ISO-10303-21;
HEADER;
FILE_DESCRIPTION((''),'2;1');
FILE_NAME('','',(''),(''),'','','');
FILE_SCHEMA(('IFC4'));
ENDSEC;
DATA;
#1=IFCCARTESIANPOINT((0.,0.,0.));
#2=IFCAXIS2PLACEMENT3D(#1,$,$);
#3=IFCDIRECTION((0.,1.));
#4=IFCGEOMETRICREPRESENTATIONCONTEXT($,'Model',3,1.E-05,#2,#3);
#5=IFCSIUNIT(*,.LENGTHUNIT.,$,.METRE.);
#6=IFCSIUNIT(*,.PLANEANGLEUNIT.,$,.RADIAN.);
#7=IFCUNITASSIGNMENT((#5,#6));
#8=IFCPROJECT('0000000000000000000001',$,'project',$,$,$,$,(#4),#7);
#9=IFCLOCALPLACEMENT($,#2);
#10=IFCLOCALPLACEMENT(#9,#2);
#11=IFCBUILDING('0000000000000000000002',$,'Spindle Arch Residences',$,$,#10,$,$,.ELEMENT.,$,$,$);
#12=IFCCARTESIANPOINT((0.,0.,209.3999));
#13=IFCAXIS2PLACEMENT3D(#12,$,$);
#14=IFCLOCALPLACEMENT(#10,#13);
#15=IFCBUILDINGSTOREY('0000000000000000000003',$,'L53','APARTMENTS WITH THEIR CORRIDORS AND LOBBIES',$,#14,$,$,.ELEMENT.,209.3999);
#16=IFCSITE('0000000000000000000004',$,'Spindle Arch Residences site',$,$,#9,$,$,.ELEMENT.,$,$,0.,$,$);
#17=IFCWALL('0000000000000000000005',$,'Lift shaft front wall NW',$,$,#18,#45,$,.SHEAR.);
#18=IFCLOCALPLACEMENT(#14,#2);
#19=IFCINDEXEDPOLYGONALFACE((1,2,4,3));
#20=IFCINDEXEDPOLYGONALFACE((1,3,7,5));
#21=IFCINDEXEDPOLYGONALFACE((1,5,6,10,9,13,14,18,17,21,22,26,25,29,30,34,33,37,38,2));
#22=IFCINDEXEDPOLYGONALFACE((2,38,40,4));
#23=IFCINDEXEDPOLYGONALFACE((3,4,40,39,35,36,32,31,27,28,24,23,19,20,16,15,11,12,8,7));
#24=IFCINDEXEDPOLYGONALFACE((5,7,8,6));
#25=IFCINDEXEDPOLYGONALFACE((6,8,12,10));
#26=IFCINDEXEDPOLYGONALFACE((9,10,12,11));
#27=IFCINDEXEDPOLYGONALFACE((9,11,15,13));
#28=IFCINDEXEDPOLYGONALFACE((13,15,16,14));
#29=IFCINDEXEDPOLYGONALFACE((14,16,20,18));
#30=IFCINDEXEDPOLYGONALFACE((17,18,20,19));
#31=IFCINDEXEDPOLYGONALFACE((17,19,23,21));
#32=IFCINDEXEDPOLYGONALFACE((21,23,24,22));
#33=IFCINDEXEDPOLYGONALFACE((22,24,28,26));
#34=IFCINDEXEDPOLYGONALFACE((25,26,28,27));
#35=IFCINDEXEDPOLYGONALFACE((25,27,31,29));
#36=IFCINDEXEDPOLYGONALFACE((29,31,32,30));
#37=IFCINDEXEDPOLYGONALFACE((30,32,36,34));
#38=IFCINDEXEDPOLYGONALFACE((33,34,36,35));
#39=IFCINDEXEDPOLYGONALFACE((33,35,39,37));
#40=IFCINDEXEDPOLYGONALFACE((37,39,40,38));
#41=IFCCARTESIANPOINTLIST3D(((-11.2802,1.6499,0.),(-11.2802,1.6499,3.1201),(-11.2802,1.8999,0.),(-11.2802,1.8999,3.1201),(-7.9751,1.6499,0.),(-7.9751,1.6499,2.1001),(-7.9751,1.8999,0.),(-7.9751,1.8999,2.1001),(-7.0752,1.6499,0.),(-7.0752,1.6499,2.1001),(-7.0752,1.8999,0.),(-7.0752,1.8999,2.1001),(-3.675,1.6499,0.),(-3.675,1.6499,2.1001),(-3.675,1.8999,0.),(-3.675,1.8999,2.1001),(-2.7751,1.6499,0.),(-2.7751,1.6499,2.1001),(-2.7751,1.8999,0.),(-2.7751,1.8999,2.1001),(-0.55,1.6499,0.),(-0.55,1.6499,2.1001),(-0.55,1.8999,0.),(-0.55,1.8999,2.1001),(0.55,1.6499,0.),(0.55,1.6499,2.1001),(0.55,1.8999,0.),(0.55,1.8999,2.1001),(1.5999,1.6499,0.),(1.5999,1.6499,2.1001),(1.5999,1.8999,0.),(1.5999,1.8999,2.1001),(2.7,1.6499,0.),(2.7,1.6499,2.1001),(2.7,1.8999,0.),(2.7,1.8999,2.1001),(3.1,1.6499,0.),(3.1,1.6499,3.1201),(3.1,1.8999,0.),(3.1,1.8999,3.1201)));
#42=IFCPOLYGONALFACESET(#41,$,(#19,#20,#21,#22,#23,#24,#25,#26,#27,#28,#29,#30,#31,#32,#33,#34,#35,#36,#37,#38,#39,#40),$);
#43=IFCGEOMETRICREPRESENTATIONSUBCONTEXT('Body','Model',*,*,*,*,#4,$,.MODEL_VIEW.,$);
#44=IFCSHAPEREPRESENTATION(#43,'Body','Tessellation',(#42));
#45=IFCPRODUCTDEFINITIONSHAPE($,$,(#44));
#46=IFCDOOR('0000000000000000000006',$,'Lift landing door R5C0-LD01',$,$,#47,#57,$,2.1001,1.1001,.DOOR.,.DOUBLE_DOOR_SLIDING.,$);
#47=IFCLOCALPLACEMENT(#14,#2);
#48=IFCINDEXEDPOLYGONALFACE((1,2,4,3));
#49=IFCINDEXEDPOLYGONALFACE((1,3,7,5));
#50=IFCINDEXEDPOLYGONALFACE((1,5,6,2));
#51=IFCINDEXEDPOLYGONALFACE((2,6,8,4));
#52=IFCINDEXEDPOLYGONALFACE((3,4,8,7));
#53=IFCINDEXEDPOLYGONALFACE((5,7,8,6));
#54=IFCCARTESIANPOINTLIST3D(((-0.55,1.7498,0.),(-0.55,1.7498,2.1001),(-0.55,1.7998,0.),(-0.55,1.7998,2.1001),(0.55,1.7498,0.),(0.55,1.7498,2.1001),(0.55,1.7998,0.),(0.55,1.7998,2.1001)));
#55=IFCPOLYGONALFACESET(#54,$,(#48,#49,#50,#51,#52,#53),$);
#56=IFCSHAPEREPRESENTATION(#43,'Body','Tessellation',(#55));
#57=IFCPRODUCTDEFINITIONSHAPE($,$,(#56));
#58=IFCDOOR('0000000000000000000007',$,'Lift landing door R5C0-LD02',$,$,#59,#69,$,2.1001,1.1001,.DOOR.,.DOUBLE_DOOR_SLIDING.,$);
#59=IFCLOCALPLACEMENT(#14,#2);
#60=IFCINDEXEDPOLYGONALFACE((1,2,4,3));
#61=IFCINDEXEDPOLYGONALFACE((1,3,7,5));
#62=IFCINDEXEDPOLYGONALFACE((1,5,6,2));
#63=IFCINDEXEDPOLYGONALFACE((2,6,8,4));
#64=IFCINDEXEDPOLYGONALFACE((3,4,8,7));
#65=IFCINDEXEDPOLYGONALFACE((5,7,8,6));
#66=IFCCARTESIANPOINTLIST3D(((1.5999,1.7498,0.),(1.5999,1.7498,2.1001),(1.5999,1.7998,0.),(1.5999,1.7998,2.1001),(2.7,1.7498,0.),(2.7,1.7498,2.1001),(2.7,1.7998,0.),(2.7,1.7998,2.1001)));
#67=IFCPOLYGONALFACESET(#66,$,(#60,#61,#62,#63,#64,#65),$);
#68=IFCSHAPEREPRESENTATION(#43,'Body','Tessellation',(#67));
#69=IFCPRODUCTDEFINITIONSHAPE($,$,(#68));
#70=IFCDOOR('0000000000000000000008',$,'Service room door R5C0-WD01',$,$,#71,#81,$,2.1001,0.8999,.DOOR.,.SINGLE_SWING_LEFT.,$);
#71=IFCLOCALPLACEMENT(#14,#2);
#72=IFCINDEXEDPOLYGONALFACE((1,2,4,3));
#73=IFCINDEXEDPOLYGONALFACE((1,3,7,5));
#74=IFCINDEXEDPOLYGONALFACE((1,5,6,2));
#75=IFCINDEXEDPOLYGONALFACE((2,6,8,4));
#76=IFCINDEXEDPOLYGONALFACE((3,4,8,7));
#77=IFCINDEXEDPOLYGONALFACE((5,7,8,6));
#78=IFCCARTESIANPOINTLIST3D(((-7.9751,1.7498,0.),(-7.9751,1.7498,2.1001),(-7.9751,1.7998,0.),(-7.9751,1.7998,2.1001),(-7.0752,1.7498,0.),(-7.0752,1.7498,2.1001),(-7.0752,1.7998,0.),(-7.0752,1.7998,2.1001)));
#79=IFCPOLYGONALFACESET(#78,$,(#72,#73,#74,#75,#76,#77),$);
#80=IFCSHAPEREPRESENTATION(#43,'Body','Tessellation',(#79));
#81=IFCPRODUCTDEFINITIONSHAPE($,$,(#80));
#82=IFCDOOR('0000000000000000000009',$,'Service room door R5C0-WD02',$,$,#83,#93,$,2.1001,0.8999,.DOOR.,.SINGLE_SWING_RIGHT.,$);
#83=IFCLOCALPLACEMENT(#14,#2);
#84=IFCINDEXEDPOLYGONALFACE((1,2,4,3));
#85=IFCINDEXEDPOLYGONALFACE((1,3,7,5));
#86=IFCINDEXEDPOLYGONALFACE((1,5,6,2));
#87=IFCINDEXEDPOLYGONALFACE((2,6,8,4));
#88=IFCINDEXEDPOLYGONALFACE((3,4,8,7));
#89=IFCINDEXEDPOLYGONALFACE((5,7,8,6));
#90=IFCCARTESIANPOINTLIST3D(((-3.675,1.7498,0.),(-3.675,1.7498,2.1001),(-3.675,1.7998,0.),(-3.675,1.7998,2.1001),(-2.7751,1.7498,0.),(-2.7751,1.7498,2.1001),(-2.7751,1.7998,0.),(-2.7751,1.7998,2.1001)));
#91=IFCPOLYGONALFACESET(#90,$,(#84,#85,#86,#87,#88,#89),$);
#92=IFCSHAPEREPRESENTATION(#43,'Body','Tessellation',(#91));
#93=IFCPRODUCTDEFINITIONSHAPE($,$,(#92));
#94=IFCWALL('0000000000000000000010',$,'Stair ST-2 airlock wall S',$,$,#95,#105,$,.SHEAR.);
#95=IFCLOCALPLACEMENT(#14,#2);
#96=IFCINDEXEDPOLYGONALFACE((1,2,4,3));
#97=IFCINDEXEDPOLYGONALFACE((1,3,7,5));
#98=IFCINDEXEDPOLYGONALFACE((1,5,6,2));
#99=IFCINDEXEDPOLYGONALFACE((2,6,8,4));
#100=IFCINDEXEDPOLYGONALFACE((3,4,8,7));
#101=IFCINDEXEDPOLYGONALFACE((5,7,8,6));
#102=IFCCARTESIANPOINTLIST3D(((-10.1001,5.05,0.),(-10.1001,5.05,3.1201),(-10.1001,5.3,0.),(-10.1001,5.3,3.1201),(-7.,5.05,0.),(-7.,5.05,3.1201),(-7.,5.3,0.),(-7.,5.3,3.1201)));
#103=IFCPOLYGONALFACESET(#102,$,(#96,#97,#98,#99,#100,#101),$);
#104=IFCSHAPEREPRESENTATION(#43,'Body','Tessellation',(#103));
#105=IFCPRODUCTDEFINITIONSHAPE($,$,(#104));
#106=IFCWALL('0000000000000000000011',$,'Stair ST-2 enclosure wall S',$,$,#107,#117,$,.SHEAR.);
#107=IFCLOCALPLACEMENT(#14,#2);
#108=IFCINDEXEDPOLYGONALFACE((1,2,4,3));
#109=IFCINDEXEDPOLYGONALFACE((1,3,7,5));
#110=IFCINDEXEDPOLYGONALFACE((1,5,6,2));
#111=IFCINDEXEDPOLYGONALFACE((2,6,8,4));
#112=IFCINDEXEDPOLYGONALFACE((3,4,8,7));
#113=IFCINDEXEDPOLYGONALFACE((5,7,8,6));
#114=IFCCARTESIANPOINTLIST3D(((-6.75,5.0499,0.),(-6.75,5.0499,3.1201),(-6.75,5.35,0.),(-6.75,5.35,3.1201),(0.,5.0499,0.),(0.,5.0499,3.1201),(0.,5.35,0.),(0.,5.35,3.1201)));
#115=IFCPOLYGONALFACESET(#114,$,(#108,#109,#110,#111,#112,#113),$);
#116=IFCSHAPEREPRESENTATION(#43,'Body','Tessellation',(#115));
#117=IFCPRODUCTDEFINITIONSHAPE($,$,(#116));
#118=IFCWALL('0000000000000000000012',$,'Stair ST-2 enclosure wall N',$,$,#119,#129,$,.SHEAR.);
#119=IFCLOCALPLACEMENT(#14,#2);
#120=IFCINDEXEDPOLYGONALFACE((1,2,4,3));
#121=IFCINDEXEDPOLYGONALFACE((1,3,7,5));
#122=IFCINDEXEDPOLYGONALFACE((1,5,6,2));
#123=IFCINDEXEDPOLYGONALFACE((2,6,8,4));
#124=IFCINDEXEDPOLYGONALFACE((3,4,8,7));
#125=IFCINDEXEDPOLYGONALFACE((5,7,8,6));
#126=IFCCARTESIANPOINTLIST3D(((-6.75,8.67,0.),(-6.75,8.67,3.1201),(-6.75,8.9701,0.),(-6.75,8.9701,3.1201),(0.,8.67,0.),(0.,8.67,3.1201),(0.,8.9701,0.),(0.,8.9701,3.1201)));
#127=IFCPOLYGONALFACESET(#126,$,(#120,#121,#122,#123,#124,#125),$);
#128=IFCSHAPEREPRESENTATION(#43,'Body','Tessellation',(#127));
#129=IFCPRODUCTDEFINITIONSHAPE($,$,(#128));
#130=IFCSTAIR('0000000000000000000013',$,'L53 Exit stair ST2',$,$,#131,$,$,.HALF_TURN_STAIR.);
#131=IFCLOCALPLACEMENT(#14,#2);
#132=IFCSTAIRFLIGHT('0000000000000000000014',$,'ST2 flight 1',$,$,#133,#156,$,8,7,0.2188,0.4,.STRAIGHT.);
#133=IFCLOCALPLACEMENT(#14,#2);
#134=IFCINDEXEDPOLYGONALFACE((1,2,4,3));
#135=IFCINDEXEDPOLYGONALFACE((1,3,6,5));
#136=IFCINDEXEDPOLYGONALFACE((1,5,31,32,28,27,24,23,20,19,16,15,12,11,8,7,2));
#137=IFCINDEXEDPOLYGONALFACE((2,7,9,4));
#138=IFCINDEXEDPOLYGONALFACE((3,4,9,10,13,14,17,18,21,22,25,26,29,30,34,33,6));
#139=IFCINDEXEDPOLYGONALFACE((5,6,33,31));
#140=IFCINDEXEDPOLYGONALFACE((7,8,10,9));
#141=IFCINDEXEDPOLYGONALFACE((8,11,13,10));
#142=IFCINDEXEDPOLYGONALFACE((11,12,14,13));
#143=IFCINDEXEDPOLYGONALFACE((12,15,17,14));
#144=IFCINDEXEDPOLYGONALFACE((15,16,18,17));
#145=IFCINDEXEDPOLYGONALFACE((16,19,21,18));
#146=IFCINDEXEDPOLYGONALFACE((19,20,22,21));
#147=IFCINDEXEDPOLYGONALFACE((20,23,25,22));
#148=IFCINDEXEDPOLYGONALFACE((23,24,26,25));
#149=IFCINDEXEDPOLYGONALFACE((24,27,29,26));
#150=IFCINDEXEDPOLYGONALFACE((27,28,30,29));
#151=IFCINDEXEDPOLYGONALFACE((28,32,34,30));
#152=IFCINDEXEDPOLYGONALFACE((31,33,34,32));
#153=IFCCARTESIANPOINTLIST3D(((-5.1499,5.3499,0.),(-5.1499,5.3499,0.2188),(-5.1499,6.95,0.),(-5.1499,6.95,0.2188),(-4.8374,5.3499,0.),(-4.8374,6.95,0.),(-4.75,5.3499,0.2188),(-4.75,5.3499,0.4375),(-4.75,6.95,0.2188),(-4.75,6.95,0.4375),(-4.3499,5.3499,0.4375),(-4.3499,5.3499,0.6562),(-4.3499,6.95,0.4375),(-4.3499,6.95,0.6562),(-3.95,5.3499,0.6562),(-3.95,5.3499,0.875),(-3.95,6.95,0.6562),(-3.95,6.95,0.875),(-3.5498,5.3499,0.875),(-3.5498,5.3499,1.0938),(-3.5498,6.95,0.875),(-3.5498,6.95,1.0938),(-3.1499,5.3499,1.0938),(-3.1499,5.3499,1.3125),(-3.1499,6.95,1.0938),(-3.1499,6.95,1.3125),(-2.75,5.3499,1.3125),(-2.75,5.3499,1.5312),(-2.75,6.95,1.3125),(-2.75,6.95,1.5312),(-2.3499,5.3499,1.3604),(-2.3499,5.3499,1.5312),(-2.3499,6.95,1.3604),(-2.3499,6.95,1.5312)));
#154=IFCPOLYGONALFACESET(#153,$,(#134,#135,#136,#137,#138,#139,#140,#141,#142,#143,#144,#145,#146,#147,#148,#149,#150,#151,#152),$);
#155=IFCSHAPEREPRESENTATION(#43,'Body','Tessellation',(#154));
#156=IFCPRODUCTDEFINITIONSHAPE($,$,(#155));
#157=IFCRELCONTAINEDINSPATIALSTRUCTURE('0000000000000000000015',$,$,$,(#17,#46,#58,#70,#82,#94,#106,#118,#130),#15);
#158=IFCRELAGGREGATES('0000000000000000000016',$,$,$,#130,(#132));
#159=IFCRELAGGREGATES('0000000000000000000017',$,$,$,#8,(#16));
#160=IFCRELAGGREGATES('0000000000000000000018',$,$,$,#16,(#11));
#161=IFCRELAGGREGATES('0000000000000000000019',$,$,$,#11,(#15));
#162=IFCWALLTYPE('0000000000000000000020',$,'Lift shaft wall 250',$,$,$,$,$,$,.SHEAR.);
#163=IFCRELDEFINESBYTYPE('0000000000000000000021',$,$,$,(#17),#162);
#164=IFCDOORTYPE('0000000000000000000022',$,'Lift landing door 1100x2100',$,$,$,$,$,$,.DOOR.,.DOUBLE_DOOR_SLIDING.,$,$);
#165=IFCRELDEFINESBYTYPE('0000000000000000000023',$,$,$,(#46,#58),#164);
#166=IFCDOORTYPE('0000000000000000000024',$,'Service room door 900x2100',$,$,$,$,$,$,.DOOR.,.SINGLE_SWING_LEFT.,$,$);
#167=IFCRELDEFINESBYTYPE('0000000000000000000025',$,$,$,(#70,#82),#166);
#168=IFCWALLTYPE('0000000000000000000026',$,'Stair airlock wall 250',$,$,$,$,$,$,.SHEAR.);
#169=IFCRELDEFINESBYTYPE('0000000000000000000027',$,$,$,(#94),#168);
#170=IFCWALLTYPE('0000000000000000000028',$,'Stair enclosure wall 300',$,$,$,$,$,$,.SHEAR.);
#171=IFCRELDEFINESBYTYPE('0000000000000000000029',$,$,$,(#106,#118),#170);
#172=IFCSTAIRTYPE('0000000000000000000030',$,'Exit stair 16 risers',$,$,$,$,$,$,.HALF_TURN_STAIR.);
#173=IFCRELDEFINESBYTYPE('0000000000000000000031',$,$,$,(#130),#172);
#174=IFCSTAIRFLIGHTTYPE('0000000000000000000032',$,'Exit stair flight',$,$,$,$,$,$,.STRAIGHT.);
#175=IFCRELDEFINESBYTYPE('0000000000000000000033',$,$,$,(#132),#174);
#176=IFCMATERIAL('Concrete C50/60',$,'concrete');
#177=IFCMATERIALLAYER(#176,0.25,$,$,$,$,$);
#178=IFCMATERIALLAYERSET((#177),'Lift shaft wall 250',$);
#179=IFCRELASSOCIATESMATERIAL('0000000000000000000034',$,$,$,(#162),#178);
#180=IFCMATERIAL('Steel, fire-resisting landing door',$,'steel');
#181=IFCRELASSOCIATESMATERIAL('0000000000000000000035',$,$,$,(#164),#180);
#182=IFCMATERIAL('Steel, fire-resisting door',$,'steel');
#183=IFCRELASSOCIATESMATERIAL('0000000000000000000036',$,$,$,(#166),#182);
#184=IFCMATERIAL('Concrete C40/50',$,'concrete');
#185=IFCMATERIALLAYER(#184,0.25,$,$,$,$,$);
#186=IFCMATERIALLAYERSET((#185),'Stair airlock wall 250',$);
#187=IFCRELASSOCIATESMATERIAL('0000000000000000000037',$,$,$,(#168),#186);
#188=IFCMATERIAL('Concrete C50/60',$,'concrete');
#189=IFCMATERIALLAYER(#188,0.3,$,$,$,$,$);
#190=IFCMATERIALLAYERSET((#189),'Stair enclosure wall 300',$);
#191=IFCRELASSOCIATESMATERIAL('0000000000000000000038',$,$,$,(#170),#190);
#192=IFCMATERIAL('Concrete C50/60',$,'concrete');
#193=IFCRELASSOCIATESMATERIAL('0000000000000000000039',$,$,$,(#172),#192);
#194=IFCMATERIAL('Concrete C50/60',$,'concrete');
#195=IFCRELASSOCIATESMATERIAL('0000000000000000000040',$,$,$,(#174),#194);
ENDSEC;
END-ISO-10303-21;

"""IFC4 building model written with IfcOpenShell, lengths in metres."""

from ifc_helpers import new_model, si_unit, direction, frame, frame_2d, origin, place, context, subcontext, project, spatial, polyline, rectangle, outline, extrude, material, layer, layer_set, type_object, element, fill, aggregate, save


model = new_model("IFC4")

# Units and contexts
model_context = context("Model", 3, precision=1e-05, world=origin(), true_north=direction((0.0, 1.0)))
body_context = subcontext(model_context, "Body", "Model", "MODEL_VIEW")
ifc_project = project(units=[si_unit("LENGTHUNIT", "METRE"), si_unit("PLANEANGLEUNIT", "RADIAN")], contexts=[model_context])

# Site, building, storey
site_placement = place(None, origin())
site = spatial("IfcSite", under=ifc_project, at=site_placement, Name="Spindle Arch Residences site", CompositionType="ELEMENT", RefElevation=0.0)
building_placement = place(site_placement, origin())
building = spatial("IfcBuilding", under=site, at=building_placement, Name="Spindle Arch Residences", CompositionType="ELEMENT")
storey_placement = place(building_placement, frame((0.0, 0.0, 209.3999)))
storey = spatial("IfcBuildingStorey", under=building, at=storey_placement, Name="L53", Description="APARTMENTS WITH THEIR CORRIDORS AND LOBBIES", CompositionType="ELEMENT", Elevation=209.3999)

# Wall, openings, doors
ifc_material_1 = material(Name="Concrete C50/60", Category="concrete")
ifc_layer_1 = layer(ifc_material_1, 0.25)
ifc_layer_set_1 = layer_set([ifc_layer_1], Name="Lift shaft wall 250")
wall_type_1 = type_object("IfcWallType", Name="Lift shaft wall 250", PredefinedType="SHEAR", material=ifc_layer_set_1)
wall_1_placement = place(storey_placement, frame((-11.28, 1.7749, 0.0), z_axis=(0.0, 0.0, 1.0), x_axis=(1.0, 0.0, 0.0)))
wall_1 = element("IfcWall", 1, at=wall_1_placement, inside=storey, type_object=wall_type_1, Name="Lift shaft front wall NW", PredefinedType="SHEAR", context=body_context, shape_type="SweptSolid", body=[
    extrude(rectangle(XDim=14.3801, YDim=0.25, at=frame_2d((7.1899, 0.0))), origin(), (0.0, 0.0, 1.0), 3.1201),
])
opening_1_placement = place(wall_1_placement, frame((10.73, 0.0, 0.0)))
opening_1 = element("IfcOpeningElement", 2, at=opening_1_placement, cuts=wall_1, PredefinedType="OPENING", context=body_context, shape_type="SweptSolid", body=[
    extrude(rectangle(XDim=1.1001, YDim=2.1001, at=frame_2d((0.55, 1.05))), frame((0.0, 0.135, 0.0), z_axis=(0.0, -1.0, 0.0), x_axis=(1.0, 0.0, 0.0)), (0.0, 0.0, 1.0), 0.27),
])
opening_2_placement = place(wall_1_placement, frame((12.8799, 0.0, 0.0)))
opening_2 = element("IfcOpeningElement", 3, at=opening_2_placement, cuts=wall_1, PredefinedType="OPENING", context=body_context, shape_type="SweptSolid", body=[
    extrude(rectangle(XDim=1.1001, YDim=2.1001, at=frame_2d((0.55, 1.05))), frame((0.0, 0.135, 0.0), z_axis=(0.0, -1.0, 0.0), x_axis=(1.0, 0.0, 0.0)), (0.0, 0.0, 1.0), 0.27),
])
opening_3_placement = place(wall_1_placement, frame((3.3049, 0.0, 0.0)))
opening_3 = element("IfcOpeningElement", 4, at=opening_3_placement, cuts=wall_1, PredefinedType="OPENING", context=body_context, shape_type="SweptSolid", body=[
    extrude(rectangle(XDim=0.8999, YDim=2.1001, at=frame_2d((0.45, 1.05))), frame((0.0, 0.135, 0.0), z_axis=(0.0, -1.0, 0.0), x_axis=(1.0, 0.0, 0.0)), (0.0, 0.0, 1.0), 0.27),
])
opening_4_placement = place(wall_1_placement, frame((7.605, 0.0, 0.0)))
opening_4 = element("IfcOpeningElement", 5, at=opening_4_placement, cuts=wall_1, PredefinedType="OPENING", context=body_context, shape_type="SweptSolid", body=[
    extrude(rectangle(XDim=0.8999, YDim=2.1001, at=frame_2d((0.45, 1.05))), frame((0.0, 0.135, 0.0), z_axis=(0.0, -1.0, 0.0), x_axis=(1.0, 0.0, 0.0)), (0.0, 0.0, 1.0), 0.27),
])
ifc_material_2 = material(Name="Steel, fire-resisting landing door", Category="steel")
door_type_1 = type_object("IfcDoorType", Name="Lift landing door 1100x2100", OperationType="DOUBLE_DOOR_SLIDING", PredefinedType="DOOR", material=ifc_material_2)
door_1_placement = place(opening_1_placement, origin())
door_1 = element("IfcDoor", 6, at=door_1_placement, inside=storey, type_object=door_type_1, Name="Lift landing door R5C0-LD01", OperationType="DOUBLE_DOOR_SLIDING", OverallHeight=2.1001, OverallWidth=1.1001, PredefinedType="DOOR", context=body_context, shape_type="SweptSolid", body=[
    extrude(rectangle(XDim=1.1001, YDim=2.1001, at=frame_2d((0.55, 1.05))), frame((0.0, 0.0249, 0.0), z_axis=(0.0, -1.0, 0.0), x_axis=(1.0, 0.0, 0.0)), (0.0, 0.0, 1.0), 0.05),
])
fill(opening_1, door_1)
door_2_placement = place(opening_2_placement, origin())
door_2 = element("IfcDoor", 7, at=door_2_placement, inside=storey, type_object=door_type_1, Name="Lift landing door R5C0-LD02", OperationType="DOUBLE_DOOR_SLIDING", OverallHeight=2.1001, OverallWidth=1.1001, PredefinedType="DOOR", context=body_context, shape_type="SweptSolid", body=[
    extrude(rectangle(XDim=1.1001, YDim=2.1001, at=frame_2d((0.55, 1.05))), frame((0.0, 0.0249, 0.0), z_axis=(0.0, -1.0, 0.0), x_axis=(1.0, 0.0, 0.0)), (0.0, 0.0, 1.0), 0.05),
])
fill(opening_2, door_2)
ifc_material_3 = material(Name="Steel, fire-resisting door", Category="steel")
door_type_2 = type_object("IfcDoorType", Name="Service room door 900x2100", OperationType="SINGLE_SWING_LEFT", PredefinedType="DOOR", material=ifc_material_3)
door_3_placement = place(opening_3_placement, origin())
door_3 = element("IfcDoor", 8, at=door_3_placement, inside=storey, type_object=door_type_2, Name="Service room door R5C0-WD01", OperationType="SINGLE_SWING_LEFT", OverallHeight=2.1001, OverallWidth=0.8999, PredefinedType="DOOR", context=body_context, shape_type="SweptSolid", body=[
    extrude(rectangle(XDim=0.8999, YDim=2.1001, at=frame_2d((0.45, 1.05))), frame((0.0, 0.0249, 0.0), z_axis=(0.0, -1.0, 0.0), x_axis=(1.0, 0.0, 0.0)), (0.0, 0.0, 1.0), 0.05),
])
fill(opening_3, door_3)
door_4_placement = place(opening_4_placement, origin())
door_4 = element("IfcDoor", 9, at=door_4_placement, inside=storey, type_object=door_type_2, Name="Service room door R5C0-WD02", OperationType="SINGLE_SWING_RIGHT", OverallHeight=2.1001, OverallWidth=0.8999, PredefinedType="DOOR", context=body_context, shape_type="SweptSolid", body=[
    extrude(rectangle(XDim=0.8999, YDim=2.1001, at=frame_2d((0.45, 1.05))), frame((0.0, 0.0249, 0.0), z_axis=(0.0, -1.0, 0.0), x_axis=(1.0, 0.0, 0.0)), (0.0, 0.0, 1.0), 0.05),
])
fill(opening_4, door_4)

# Walls
ifc_material_4 = material(Name="Concrete C40/50", Category="concrete")
ifc_layer_2 = layer(ifc_material_4, 0.25)
ifc_layer_set_2 = layer_set([ifc_layer_2], Name="Stair airlock wall 250")
wall_type_2 = type_object("IfcWallType", Name="Stair airlock wall 250", PredefinedType="SHEAR", material=ifc_layer_set_2)
wall_2_placement = place(storey_placement, frame((-7.0, 5.175, 0.0), z_axis=(0.0, 0.0, 1.0), x_axis=(-1.0, 0.0, 0.0)))
element("IfcWall", 10, at=wall_2_placement, inside=storey, type_object=wall_type_2, Name="Stair ST-2 airlock wall S", PredefinedType="SHEAR", context=body_context, shape_type="SweptSolid", body=[
    extrude(rectangle(XDim=3.1001, YDim=0.25, at=frame_2d((1.55, 0.0))), origin(), (0.0, 0.0, 1.0), 3.1201),
])
ifc_material_5 = material(Name="Concrete C50/60", Category="concrete")
ifc_layer_3 = layer(ifc_material_5, 0.3)
ifc_layer_set_3 = layer_set([ifc_layer_3], Name="Stair enclosure wall 300")
wall_type_3 = type_object("IfcWallType", Name="Stair enclosure wall 300", PredefinedType="SHEAR", material=ifc_layer_set_3)
for number, where, z_axis, x_axis, name in (
    (11, (-6.75, 5.2, 0.0), (0.0, 0.0, 1.0), (1.0, 0.0, 0.0), "Stair ST-2 enclosure wall S"),
    (12, (-6.75, 8.8201, 0.0), (0.0, 0.0, 1.0), (1.0, 0.0, 0.0), "Stair ST-2 enclosure wall N"),
):
    element("IfcWall", number, at=place(storey_placement, frame(where, z_axis=z_axis, x_axis=x_axis)), inside=storey, type_object=wall_type_3, Name=name, PredefinedType="SHEAR", context=body_context, shape_type="SweptSolid", body=[
        extrude(rectangle(XDim=6.75, YDim=0.3, at=frame_2d((3.375, 0.0))), origin(), (0.0, 0.0, 1.0), 3.1201),
    ])

# Stair, stair flight
ifc_material_6 = material(Name="Concrete C50/60", Category="concrete")
stair_type = type_object("IfcStairType", Name="Exit stair 16 risers", PredefinedType="HALF_TURN_STAIR", material=ifc_material_6)
stair_placement = place(storey_placement, origin())
stair = element("IfcStair", 13, at=stair_placement, inside=storey, type_object=stair_type, Name="L53 Exit stair ST2", PredefinedType="HALF_TURN_STAIR")
ifc_material_7 = material(Name="Concrete C50/60", Category="concrete")
stair_flight_type = type_object("IfcStairFlightType", Name="Exit stair flight", PredefinedType="STRAIGHT", material=ifc_material_7)
stair_flight_placement = place(storey_placement, frame((-5.1499, 6.1499, 0.0), z_axis=(0.0, 0.0, 1.0), x_axis=(1.0, 0.0, 0.0)))
stair_flight = element("IfcStairFlight", 14, at=stair_flight_placement, type_object=stair_flight_type, Name="ST2 flight 1", NumberOfRisers=8, NumberOfTreads=7, PredefinedType="STRAIGHT", RiserHeight=0.2188, TreadLength=0.4, context=body_context, shape_type="SweptSolid", body=[
    extrude(outline(polyline([(0.0, 0.0), (0.0, 0.2188), (0.3999, 0.2188), (0.3999, 0.4375), (0.8, 0.4375), (0.8, 0.6562), (1.2, 0.6562), (1.2, 0.875), (1.6001, 0.875), (1.6001, 1.0938), (2.0, 1.0938), (2.0, 1.3125), (2.3999, 1.3125), (2.3999, 1.5312), (2.8, 1.5312), (2.8, 1.75), (2.8, 1.3604), (0.3125, 0.0), (0.0, 0.0)])), frame((0.0, 0.8, 0.0), z_axis=(0.0, -1.0, 0.0), x_axis=(1.0, 0.0, 0.0)), (0.0, 0.0, 1.0), 1.6001),
])
aggregate(stair, [stair_flight])

save(model, "model.ifc")
